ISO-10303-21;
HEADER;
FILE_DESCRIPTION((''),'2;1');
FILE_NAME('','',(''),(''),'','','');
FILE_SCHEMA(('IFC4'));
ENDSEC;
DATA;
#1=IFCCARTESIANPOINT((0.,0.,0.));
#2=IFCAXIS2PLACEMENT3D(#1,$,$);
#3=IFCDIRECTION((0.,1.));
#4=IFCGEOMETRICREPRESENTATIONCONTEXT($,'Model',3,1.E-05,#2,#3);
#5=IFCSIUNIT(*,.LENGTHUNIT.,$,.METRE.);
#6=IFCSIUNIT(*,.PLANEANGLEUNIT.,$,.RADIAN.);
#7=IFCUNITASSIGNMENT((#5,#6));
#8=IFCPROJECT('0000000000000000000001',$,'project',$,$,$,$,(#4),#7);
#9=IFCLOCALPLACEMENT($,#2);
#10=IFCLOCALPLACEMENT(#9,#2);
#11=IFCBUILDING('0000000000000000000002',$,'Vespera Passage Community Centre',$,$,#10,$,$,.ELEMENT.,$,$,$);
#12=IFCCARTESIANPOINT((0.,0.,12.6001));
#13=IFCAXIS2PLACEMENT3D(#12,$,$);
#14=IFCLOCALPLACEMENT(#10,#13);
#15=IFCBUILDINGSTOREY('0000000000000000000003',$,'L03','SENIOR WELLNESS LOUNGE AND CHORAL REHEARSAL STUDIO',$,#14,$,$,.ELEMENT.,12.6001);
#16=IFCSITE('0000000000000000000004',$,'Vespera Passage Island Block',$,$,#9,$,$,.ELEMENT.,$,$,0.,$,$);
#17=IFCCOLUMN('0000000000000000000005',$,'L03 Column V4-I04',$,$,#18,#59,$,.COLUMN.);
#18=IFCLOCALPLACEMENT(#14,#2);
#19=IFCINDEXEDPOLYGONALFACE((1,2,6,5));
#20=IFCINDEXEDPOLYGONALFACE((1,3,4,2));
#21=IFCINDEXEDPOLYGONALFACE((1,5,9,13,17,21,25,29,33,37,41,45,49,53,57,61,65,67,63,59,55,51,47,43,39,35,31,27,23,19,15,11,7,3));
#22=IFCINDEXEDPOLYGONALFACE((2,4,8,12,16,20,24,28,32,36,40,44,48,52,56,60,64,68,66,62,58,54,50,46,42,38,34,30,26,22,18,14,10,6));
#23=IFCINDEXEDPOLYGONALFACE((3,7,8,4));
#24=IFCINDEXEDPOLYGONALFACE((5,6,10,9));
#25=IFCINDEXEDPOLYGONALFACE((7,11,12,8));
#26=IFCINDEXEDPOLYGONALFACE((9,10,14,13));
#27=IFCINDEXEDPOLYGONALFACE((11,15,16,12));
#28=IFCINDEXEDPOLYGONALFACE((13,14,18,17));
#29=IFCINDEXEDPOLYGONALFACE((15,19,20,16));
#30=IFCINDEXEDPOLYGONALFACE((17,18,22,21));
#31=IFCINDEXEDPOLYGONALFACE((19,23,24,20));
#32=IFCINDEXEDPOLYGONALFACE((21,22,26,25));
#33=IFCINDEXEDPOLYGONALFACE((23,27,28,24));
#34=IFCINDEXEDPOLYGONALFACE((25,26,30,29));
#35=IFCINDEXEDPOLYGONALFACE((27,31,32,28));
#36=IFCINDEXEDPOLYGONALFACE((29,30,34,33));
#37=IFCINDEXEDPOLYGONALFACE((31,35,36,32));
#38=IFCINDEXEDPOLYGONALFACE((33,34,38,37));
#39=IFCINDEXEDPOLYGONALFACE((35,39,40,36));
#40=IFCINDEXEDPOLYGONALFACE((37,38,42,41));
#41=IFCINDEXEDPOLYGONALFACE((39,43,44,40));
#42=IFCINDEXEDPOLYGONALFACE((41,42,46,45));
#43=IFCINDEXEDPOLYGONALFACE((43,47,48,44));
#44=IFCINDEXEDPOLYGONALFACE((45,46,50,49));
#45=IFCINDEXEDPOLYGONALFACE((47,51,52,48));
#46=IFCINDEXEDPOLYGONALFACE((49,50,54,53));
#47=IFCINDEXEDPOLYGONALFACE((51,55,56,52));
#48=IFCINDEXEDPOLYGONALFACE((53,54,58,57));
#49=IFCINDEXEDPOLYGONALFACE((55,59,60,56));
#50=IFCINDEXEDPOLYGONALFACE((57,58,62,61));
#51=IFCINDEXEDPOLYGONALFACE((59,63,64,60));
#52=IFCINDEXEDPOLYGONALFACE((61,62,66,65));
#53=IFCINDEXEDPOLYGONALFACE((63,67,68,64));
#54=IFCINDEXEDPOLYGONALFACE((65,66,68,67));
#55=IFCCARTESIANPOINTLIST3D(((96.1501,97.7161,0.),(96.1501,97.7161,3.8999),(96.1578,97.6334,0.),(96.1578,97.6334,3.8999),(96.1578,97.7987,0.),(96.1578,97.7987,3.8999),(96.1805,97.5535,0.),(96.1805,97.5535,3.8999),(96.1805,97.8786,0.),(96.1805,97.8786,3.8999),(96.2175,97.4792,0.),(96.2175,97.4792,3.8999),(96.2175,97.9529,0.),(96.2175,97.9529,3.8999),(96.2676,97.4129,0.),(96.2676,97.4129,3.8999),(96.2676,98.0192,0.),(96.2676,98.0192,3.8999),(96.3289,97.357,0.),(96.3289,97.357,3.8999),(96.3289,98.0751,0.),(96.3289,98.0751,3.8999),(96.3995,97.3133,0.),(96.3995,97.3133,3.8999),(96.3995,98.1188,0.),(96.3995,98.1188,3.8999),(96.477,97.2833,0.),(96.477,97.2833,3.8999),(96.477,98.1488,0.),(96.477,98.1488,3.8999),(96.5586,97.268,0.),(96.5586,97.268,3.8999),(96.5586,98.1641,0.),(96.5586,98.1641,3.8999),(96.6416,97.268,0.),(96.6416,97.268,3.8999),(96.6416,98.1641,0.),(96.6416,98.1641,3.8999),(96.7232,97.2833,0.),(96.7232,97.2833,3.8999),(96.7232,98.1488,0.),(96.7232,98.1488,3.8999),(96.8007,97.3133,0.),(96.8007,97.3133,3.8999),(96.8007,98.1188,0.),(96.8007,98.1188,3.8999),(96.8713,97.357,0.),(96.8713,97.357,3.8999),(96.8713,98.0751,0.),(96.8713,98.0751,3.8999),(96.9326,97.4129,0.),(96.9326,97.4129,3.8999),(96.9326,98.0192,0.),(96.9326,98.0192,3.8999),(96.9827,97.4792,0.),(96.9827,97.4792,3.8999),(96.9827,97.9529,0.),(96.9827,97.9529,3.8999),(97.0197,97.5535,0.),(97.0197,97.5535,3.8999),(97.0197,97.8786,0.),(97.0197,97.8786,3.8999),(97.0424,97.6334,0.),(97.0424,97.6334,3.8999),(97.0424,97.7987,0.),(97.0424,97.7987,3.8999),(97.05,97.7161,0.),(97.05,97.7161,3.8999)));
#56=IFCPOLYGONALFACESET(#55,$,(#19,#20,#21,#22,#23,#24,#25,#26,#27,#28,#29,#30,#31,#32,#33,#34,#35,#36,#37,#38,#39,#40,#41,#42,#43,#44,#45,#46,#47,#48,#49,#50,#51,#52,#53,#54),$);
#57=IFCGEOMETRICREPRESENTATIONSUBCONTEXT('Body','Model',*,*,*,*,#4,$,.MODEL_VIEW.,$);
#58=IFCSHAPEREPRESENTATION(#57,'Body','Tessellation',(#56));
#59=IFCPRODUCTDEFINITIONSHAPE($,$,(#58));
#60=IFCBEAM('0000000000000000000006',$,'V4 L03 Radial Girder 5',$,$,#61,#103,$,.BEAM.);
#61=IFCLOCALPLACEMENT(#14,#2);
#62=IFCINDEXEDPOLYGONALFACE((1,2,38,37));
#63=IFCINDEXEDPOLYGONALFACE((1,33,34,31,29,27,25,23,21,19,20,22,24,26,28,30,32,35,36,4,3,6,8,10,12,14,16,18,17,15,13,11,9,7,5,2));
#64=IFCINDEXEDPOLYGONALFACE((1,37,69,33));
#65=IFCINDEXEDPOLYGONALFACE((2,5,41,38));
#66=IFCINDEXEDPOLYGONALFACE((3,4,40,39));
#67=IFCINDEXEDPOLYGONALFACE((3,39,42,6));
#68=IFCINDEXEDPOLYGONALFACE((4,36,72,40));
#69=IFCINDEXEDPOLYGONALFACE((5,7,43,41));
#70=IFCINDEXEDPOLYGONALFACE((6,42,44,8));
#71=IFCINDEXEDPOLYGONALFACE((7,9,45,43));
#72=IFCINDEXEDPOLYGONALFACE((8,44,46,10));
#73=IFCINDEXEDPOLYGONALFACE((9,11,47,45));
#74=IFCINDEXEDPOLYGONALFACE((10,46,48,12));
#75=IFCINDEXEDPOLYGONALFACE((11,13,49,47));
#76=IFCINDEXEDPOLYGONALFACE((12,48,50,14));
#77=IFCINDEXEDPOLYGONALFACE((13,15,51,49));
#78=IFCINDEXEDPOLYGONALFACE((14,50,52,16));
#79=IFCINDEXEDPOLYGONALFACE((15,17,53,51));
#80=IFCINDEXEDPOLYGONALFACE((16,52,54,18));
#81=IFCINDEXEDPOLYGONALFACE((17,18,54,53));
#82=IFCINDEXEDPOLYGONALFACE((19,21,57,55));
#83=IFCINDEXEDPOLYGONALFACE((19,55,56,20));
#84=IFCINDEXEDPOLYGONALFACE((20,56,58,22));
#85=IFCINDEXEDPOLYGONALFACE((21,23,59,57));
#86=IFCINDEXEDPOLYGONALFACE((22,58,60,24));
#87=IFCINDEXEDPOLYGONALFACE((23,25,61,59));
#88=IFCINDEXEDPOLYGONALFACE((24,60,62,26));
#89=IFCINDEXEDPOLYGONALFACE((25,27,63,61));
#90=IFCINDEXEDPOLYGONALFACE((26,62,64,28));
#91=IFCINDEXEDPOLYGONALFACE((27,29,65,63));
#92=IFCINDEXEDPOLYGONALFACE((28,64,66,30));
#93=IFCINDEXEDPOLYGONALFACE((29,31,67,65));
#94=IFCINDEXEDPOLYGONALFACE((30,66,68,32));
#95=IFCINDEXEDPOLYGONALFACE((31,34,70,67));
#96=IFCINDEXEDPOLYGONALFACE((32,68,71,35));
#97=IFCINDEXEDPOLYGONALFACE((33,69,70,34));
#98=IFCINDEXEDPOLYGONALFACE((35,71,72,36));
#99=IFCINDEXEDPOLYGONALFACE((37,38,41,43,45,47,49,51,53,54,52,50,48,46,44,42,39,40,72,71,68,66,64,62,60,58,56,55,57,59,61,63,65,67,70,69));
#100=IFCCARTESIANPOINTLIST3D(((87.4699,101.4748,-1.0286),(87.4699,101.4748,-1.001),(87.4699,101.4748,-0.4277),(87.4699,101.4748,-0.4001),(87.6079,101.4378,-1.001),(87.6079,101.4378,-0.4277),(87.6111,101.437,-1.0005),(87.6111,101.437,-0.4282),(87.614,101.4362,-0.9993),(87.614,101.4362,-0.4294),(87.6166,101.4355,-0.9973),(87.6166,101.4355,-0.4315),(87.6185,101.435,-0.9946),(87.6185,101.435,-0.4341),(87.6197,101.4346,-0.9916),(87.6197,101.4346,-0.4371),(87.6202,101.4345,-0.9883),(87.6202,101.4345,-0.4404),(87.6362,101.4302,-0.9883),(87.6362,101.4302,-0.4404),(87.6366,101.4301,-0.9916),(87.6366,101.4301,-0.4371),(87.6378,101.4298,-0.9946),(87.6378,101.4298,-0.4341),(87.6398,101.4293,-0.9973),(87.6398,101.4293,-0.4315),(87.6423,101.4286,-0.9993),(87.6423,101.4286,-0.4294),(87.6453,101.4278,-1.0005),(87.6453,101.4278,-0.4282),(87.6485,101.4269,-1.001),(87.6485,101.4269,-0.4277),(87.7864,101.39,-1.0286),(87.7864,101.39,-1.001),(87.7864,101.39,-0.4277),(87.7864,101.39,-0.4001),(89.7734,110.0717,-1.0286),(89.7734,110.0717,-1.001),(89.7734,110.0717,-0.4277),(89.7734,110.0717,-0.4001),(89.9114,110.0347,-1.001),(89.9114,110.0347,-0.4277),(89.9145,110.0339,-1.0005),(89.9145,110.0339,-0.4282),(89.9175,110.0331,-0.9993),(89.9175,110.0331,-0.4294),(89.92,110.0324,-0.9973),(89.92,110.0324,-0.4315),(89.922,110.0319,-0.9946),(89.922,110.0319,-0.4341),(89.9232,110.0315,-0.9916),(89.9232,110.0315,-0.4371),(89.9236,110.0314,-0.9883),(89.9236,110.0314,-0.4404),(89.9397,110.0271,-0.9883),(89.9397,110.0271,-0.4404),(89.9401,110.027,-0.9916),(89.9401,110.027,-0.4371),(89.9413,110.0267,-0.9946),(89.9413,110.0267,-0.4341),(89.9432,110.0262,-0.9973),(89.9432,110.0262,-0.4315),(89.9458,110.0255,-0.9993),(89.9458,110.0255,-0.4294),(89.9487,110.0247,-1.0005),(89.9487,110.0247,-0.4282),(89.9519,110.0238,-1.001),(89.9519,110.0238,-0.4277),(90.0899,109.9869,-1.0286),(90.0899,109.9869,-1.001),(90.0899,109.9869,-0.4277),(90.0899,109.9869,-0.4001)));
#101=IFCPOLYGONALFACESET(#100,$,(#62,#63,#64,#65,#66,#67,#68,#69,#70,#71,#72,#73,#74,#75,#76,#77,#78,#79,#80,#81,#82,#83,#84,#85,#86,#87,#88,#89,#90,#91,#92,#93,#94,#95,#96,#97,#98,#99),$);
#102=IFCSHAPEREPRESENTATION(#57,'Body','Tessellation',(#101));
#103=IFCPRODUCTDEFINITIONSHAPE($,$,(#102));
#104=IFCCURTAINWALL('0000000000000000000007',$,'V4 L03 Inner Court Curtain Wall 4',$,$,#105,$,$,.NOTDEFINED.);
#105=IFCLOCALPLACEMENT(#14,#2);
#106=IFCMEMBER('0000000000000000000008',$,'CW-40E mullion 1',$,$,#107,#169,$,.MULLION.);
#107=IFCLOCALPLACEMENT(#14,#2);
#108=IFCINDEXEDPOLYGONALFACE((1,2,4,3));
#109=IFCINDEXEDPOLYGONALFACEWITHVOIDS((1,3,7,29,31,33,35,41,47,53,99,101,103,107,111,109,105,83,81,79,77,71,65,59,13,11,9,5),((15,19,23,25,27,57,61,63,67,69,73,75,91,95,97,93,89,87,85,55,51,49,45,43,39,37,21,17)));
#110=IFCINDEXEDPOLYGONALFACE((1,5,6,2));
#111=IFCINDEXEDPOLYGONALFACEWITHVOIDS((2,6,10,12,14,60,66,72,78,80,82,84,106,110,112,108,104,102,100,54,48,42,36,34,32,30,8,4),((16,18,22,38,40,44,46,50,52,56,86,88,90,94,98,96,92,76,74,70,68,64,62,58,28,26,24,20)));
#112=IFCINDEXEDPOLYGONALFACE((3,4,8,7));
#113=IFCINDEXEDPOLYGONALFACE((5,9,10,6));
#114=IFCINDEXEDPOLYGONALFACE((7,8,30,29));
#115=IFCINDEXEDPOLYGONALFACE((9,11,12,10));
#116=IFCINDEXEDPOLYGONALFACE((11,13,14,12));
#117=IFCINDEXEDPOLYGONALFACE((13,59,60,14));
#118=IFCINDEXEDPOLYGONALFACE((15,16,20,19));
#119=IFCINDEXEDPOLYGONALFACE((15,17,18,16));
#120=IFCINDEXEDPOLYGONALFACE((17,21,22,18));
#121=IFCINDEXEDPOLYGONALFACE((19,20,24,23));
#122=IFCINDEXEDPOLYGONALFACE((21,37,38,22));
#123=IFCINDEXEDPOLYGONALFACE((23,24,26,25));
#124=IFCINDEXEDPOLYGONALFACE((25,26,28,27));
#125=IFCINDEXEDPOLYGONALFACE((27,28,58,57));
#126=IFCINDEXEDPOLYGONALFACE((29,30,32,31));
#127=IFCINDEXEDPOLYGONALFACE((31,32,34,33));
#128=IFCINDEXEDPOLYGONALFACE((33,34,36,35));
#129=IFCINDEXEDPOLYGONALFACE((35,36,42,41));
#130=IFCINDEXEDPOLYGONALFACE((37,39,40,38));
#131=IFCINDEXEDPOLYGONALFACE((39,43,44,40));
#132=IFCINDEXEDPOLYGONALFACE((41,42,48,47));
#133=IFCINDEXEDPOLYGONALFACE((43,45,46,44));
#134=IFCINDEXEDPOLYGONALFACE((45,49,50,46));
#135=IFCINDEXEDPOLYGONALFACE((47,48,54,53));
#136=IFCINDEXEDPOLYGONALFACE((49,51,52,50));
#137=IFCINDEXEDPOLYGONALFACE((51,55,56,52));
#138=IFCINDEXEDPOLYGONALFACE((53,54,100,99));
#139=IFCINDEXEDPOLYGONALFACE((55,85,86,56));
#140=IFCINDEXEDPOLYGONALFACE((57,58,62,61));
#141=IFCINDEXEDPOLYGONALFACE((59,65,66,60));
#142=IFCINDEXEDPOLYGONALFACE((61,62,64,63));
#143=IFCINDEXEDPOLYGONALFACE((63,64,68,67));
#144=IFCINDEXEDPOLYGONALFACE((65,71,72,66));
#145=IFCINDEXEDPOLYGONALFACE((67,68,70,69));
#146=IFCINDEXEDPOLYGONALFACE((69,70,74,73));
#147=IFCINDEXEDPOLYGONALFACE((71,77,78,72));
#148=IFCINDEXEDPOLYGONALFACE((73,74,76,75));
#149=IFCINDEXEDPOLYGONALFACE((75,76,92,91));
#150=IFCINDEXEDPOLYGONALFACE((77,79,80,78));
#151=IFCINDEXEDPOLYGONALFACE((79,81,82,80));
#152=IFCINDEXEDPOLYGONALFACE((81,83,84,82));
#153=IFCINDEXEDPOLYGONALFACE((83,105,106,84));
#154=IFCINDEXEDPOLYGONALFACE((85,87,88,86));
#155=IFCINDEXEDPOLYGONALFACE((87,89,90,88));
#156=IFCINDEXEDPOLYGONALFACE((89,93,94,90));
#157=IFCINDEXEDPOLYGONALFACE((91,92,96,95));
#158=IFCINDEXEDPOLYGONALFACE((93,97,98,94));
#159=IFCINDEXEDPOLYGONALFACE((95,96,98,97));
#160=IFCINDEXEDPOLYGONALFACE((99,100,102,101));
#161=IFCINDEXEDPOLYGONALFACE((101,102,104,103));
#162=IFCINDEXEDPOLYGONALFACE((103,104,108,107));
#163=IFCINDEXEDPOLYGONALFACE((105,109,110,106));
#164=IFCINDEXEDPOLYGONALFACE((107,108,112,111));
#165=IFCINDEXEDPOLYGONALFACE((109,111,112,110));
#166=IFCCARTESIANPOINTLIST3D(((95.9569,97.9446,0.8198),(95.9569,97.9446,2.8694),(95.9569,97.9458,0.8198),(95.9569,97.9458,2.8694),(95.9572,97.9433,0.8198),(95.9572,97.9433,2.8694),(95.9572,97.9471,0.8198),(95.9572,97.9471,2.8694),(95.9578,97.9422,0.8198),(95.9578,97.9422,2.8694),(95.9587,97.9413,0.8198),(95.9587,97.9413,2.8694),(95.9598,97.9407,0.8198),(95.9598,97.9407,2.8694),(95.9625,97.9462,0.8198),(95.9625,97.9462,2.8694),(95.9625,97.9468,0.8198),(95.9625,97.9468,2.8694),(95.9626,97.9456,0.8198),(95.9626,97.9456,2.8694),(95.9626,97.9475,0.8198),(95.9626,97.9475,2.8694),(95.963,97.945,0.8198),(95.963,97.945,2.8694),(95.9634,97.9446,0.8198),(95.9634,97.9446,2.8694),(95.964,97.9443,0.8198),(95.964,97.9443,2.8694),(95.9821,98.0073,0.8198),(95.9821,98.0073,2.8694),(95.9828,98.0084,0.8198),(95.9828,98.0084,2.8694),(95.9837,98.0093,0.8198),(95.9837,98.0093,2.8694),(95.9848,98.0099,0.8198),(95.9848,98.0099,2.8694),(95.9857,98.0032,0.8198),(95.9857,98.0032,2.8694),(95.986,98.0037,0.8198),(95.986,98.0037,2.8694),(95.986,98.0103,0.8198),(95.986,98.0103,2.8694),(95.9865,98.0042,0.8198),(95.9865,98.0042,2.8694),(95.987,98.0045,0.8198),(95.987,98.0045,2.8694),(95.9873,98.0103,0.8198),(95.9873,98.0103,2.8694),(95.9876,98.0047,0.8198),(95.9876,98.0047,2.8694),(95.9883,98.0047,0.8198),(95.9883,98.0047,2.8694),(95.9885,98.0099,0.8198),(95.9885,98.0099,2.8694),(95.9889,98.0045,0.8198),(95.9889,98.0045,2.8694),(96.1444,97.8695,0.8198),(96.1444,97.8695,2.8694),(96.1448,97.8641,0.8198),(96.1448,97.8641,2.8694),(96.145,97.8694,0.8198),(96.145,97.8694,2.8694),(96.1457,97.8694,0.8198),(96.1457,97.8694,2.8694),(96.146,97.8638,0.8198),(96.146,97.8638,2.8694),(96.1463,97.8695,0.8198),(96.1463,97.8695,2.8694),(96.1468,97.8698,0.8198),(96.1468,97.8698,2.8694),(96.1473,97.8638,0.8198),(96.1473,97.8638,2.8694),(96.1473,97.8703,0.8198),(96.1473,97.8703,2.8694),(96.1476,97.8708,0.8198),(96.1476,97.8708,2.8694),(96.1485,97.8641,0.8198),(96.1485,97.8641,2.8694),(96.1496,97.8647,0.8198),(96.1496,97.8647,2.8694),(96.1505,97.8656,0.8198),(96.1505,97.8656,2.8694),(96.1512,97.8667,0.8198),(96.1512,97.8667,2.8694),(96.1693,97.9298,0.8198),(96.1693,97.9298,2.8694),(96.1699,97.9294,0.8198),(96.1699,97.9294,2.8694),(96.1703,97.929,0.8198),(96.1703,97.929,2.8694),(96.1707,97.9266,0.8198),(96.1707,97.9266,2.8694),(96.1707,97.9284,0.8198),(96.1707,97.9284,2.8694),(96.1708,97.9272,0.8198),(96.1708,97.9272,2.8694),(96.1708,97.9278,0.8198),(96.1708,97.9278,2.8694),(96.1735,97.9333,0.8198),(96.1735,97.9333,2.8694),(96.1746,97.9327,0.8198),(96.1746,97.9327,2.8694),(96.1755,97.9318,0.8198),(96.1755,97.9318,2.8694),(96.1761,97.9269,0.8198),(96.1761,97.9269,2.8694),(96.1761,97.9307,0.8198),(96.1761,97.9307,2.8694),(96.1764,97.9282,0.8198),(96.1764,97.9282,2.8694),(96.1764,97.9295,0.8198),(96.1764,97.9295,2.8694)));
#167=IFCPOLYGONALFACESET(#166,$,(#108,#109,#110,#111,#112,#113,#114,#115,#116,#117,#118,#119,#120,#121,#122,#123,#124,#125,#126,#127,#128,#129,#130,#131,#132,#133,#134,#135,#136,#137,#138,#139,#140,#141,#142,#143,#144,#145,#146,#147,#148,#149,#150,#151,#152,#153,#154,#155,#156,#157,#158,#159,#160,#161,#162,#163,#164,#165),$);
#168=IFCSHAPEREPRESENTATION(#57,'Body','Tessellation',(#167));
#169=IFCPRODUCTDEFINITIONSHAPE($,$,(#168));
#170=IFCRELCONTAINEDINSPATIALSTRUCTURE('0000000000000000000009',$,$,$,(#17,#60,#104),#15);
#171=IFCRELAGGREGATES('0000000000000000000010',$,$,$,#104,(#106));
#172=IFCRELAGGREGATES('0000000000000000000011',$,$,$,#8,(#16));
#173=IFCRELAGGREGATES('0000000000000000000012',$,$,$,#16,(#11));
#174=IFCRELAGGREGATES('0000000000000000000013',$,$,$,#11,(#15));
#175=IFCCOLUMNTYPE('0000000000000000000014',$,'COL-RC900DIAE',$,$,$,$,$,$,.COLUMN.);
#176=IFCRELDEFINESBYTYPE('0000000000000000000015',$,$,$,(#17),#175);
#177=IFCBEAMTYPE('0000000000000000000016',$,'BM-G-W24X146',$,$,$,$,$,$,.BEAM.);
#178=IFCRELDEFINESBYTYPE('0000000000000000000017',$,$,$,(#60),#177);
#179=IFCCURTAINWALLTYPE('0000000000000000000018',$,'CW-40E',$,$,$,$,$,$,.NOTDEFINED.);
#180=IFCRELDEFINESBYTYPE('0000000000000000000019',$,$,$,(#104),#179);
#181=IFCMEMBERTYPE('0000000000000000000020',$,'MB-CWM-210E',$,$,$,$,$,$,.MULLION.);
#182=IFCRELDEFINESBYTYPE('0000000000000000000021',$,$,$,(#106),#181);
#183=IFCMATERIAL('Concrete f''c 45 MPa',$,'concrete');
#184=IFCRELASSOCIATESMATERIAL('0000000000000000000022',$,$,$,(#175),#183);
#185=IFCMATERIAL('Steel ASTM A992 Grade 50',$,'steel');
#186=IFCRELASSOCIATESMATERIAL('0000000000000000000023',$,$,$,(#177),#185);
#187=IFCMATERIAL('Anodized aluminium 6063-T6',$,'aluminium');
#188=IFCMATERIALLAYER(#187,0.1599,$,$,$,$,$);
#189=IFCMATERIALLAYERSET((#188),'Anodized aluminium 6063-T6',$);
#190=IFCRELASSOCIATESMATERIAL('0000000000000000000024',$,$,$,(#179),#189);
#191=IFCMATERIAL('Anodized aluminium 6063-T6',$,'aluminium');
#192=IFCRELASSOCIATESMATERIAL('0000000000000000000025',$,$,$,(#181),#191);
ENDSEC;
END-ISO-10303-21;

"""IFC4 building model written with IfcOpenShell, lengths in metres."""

from ifc_helpers import new_model, si_unit, direction, frame, origin, origin_2d, place, context, subcontext, project, spatial, hollow_rectangle, circle, i_section, extrude, material, layer, layer_set, material_profile, profile_set, type_object, element, aggregate, save


model = new_model("IFC4")

# Units and contexts
model_context = context("Model", 3, precision=1e-05, world=origin(), true_north=direction((0.0, 1.0)))
body_context = subcontext(model_context, "Body", "Model", "MODEL_VIEW")
ifc_project = project(units=[si_unit("LENGTHUNIT", "METRE"), si_unit("PLANEANGLEUNIT", "RADIAN")], contexts=[model_context])

# Site, building, storey
site_placement = place(None, origin())
site = spatial("IfcSite", under=ifc_project, at=site_placement, Name="Vespera Passage Island Block", CompositionType="ELEMENT", RefElevation=0.0)
building_placement = place(site_placement, origin())
building = spatial("IfcBuilding", under=site, at=building_placement, Name="Vespera Passage Community Centre", CompositionType="ELEMENT")
storey_placement = place(building_placement, frame((0.0, 0.0, 12.6001)))
storey = spatial("IfcBuildingStorey", under=building, at=storey_placement, Name="L03", Description="SENIOR WELLNESS LOUNGE AND CHORAL REHEARSAL STUDIO", CompositionType="ELEMENT", Elevation=12.6001)

# Column
ifc_material_1 = material(Name="Concrete f'c 45 MPa", Category="concrete")
ifc_material_profile_1 = material_profile(ifc_material_1, circle(Radius=0.45, at=origin_2d()), Name="RC900DIA")
ifc_profile_set_1 = profile_set([ifc_material_profile_1], Name="Concrete f'c 45 MPa")
column_type = type_object("IfcColumnType", Name="COL-RC900DIAE", PredefinedType="COLUMN", material=ifc_profile_set_1)
column_placement = place(storey_placement, frame((96.6001, 97.7161, 0.0), z_axis=(0.0, 0.0, 1.0), x_axis=(1.0, 0.0, 0.0)))
element("IfcColumn", 1, at=column_placement, inside=storey, type_object=column_type, Name="L03 Column V4-I04", PredefinedType="COLUMN", context=body_context, shape_type="SweptSolid", body=[
    extrude(circle(Radius=0.45, at=origin_2d()), origin(), (0.0, 0.0, 1.0), 3.8999),
])

# Beam
ifc_material_2 = material(Name="Steel ASTM A992 Grade 50", Category="steel")
ifc_material_profile_2 = material_profile(ifc_material_2, i_section(OverallWidth=0.3276, OverallDepth=0.6284, WebThickness=0.0166, FlangeThickness=0.0276, FilletRadius=0.0127, at=origin_2d()), Name="W24X146")
ifc_profile_set_2 = profile_set([ifc_material_profile_2], Name="Steel ASTM A992 Grade 50")
beam_type = type_object("IfcBeamType", Name="BM-G-W24X146", PredefinedType="BEAM", material=ifc_profile_set_2)
beam_placement = place(storey_placement, frame((87.6282, 101.4324, -0.7144), z_axis=(0.258811, 0.965928, 0.0), x_axis=(-0.965928, 0.258811, 0.0)))
element("IfcBeam", 2, at=beam_placement, inside=storey, type_object=beam_type, Name="V4 L03 Radial Girder 5", PredefinedType="BEAM", context=body_context, shape_type="SweptSolid", body=[
    extrude(i_section(OverallWidth=0.3276, OverallDepth=0.6284, WebThickness=0.0166, FlangeThickness=0.0276, FilletRadius=0.0127, at=origin_2d()), origin(), (0.0, 0.0, 1.0), 8.9001),
])

# Curtain wall, member
ifc_material_3 = material(Name="Anodized aluminium 6063-T6", Category="aluminium")
ifc_layer_1 = layer(ifc_material_3, 0.1599)
ifc_layer_set_1 = layer_set([ifc_layer_1], Name="Anodized aluminium 6063-T6")
curtain_wall_type = type_object("IfcCurtainWallType", Name="CW-40E", PredefinedType="NOTDEFINED", material=ifc_layer_set_1)
curtain_wall_placement = place(storey_placement, origin())
curtain_wall = element("IfcCurtainWall", 3, at=curtain_wall_placement, inside=storey, type_object=curtain_wall_type, Name="V4 L03 Inner Court Curtain Wall 4", PredefinedType="NOTDEFINED")
ifc_material_4 = material(Name="Anodized aluminium 6063-T6", Category="aluminium")
ifc_material_profile_3 = material_profile(ifc_material_4, hollow_rectangle(XDim=0.075, YDim=0.21, WallThickness=0.0049, InnerFilletRadius=0.0024, OuterFilletRadius=0.0049, at=origin_2d()), Name="ALU210X75X5")
ifc_profile_set_3 = profile_set([ifc_material_profile_3], Name="Anodized aluminium 6063-T6")
member_type_1 = type_object("IfcMemberType", Name="MB-CWM-210E", PredefinedType="MULLION", material=ifc_profile_set_3)
member_1_placement = place(storey_placement, frame((96.0667, 97.937, 0.8198), z_axis=(0.0, 0.0, 1.0), x_axis=(-0.38269, -0.923877, 0.0)))
member_1 = element("IfcMember", 4, at=member_1_placement, type_object=member_type_1, Name="CW-40E mullion 1", PredefinedType="MULLION", context=body_context, shape_type="SweptSolid", body=[
    extrude(hollow_rectangle(XDim=0.075, YDim=0.21, WallThickness=0.0049, InnerFilletRadius=0.0024, OuterFilletRadius=0.0049, at=origin_2d()), origin(), (0.0, 0.0, 1.0), 2.0496),
])
aggregate(curtain_wall, [member_1])

save(model, "model.ifc")
